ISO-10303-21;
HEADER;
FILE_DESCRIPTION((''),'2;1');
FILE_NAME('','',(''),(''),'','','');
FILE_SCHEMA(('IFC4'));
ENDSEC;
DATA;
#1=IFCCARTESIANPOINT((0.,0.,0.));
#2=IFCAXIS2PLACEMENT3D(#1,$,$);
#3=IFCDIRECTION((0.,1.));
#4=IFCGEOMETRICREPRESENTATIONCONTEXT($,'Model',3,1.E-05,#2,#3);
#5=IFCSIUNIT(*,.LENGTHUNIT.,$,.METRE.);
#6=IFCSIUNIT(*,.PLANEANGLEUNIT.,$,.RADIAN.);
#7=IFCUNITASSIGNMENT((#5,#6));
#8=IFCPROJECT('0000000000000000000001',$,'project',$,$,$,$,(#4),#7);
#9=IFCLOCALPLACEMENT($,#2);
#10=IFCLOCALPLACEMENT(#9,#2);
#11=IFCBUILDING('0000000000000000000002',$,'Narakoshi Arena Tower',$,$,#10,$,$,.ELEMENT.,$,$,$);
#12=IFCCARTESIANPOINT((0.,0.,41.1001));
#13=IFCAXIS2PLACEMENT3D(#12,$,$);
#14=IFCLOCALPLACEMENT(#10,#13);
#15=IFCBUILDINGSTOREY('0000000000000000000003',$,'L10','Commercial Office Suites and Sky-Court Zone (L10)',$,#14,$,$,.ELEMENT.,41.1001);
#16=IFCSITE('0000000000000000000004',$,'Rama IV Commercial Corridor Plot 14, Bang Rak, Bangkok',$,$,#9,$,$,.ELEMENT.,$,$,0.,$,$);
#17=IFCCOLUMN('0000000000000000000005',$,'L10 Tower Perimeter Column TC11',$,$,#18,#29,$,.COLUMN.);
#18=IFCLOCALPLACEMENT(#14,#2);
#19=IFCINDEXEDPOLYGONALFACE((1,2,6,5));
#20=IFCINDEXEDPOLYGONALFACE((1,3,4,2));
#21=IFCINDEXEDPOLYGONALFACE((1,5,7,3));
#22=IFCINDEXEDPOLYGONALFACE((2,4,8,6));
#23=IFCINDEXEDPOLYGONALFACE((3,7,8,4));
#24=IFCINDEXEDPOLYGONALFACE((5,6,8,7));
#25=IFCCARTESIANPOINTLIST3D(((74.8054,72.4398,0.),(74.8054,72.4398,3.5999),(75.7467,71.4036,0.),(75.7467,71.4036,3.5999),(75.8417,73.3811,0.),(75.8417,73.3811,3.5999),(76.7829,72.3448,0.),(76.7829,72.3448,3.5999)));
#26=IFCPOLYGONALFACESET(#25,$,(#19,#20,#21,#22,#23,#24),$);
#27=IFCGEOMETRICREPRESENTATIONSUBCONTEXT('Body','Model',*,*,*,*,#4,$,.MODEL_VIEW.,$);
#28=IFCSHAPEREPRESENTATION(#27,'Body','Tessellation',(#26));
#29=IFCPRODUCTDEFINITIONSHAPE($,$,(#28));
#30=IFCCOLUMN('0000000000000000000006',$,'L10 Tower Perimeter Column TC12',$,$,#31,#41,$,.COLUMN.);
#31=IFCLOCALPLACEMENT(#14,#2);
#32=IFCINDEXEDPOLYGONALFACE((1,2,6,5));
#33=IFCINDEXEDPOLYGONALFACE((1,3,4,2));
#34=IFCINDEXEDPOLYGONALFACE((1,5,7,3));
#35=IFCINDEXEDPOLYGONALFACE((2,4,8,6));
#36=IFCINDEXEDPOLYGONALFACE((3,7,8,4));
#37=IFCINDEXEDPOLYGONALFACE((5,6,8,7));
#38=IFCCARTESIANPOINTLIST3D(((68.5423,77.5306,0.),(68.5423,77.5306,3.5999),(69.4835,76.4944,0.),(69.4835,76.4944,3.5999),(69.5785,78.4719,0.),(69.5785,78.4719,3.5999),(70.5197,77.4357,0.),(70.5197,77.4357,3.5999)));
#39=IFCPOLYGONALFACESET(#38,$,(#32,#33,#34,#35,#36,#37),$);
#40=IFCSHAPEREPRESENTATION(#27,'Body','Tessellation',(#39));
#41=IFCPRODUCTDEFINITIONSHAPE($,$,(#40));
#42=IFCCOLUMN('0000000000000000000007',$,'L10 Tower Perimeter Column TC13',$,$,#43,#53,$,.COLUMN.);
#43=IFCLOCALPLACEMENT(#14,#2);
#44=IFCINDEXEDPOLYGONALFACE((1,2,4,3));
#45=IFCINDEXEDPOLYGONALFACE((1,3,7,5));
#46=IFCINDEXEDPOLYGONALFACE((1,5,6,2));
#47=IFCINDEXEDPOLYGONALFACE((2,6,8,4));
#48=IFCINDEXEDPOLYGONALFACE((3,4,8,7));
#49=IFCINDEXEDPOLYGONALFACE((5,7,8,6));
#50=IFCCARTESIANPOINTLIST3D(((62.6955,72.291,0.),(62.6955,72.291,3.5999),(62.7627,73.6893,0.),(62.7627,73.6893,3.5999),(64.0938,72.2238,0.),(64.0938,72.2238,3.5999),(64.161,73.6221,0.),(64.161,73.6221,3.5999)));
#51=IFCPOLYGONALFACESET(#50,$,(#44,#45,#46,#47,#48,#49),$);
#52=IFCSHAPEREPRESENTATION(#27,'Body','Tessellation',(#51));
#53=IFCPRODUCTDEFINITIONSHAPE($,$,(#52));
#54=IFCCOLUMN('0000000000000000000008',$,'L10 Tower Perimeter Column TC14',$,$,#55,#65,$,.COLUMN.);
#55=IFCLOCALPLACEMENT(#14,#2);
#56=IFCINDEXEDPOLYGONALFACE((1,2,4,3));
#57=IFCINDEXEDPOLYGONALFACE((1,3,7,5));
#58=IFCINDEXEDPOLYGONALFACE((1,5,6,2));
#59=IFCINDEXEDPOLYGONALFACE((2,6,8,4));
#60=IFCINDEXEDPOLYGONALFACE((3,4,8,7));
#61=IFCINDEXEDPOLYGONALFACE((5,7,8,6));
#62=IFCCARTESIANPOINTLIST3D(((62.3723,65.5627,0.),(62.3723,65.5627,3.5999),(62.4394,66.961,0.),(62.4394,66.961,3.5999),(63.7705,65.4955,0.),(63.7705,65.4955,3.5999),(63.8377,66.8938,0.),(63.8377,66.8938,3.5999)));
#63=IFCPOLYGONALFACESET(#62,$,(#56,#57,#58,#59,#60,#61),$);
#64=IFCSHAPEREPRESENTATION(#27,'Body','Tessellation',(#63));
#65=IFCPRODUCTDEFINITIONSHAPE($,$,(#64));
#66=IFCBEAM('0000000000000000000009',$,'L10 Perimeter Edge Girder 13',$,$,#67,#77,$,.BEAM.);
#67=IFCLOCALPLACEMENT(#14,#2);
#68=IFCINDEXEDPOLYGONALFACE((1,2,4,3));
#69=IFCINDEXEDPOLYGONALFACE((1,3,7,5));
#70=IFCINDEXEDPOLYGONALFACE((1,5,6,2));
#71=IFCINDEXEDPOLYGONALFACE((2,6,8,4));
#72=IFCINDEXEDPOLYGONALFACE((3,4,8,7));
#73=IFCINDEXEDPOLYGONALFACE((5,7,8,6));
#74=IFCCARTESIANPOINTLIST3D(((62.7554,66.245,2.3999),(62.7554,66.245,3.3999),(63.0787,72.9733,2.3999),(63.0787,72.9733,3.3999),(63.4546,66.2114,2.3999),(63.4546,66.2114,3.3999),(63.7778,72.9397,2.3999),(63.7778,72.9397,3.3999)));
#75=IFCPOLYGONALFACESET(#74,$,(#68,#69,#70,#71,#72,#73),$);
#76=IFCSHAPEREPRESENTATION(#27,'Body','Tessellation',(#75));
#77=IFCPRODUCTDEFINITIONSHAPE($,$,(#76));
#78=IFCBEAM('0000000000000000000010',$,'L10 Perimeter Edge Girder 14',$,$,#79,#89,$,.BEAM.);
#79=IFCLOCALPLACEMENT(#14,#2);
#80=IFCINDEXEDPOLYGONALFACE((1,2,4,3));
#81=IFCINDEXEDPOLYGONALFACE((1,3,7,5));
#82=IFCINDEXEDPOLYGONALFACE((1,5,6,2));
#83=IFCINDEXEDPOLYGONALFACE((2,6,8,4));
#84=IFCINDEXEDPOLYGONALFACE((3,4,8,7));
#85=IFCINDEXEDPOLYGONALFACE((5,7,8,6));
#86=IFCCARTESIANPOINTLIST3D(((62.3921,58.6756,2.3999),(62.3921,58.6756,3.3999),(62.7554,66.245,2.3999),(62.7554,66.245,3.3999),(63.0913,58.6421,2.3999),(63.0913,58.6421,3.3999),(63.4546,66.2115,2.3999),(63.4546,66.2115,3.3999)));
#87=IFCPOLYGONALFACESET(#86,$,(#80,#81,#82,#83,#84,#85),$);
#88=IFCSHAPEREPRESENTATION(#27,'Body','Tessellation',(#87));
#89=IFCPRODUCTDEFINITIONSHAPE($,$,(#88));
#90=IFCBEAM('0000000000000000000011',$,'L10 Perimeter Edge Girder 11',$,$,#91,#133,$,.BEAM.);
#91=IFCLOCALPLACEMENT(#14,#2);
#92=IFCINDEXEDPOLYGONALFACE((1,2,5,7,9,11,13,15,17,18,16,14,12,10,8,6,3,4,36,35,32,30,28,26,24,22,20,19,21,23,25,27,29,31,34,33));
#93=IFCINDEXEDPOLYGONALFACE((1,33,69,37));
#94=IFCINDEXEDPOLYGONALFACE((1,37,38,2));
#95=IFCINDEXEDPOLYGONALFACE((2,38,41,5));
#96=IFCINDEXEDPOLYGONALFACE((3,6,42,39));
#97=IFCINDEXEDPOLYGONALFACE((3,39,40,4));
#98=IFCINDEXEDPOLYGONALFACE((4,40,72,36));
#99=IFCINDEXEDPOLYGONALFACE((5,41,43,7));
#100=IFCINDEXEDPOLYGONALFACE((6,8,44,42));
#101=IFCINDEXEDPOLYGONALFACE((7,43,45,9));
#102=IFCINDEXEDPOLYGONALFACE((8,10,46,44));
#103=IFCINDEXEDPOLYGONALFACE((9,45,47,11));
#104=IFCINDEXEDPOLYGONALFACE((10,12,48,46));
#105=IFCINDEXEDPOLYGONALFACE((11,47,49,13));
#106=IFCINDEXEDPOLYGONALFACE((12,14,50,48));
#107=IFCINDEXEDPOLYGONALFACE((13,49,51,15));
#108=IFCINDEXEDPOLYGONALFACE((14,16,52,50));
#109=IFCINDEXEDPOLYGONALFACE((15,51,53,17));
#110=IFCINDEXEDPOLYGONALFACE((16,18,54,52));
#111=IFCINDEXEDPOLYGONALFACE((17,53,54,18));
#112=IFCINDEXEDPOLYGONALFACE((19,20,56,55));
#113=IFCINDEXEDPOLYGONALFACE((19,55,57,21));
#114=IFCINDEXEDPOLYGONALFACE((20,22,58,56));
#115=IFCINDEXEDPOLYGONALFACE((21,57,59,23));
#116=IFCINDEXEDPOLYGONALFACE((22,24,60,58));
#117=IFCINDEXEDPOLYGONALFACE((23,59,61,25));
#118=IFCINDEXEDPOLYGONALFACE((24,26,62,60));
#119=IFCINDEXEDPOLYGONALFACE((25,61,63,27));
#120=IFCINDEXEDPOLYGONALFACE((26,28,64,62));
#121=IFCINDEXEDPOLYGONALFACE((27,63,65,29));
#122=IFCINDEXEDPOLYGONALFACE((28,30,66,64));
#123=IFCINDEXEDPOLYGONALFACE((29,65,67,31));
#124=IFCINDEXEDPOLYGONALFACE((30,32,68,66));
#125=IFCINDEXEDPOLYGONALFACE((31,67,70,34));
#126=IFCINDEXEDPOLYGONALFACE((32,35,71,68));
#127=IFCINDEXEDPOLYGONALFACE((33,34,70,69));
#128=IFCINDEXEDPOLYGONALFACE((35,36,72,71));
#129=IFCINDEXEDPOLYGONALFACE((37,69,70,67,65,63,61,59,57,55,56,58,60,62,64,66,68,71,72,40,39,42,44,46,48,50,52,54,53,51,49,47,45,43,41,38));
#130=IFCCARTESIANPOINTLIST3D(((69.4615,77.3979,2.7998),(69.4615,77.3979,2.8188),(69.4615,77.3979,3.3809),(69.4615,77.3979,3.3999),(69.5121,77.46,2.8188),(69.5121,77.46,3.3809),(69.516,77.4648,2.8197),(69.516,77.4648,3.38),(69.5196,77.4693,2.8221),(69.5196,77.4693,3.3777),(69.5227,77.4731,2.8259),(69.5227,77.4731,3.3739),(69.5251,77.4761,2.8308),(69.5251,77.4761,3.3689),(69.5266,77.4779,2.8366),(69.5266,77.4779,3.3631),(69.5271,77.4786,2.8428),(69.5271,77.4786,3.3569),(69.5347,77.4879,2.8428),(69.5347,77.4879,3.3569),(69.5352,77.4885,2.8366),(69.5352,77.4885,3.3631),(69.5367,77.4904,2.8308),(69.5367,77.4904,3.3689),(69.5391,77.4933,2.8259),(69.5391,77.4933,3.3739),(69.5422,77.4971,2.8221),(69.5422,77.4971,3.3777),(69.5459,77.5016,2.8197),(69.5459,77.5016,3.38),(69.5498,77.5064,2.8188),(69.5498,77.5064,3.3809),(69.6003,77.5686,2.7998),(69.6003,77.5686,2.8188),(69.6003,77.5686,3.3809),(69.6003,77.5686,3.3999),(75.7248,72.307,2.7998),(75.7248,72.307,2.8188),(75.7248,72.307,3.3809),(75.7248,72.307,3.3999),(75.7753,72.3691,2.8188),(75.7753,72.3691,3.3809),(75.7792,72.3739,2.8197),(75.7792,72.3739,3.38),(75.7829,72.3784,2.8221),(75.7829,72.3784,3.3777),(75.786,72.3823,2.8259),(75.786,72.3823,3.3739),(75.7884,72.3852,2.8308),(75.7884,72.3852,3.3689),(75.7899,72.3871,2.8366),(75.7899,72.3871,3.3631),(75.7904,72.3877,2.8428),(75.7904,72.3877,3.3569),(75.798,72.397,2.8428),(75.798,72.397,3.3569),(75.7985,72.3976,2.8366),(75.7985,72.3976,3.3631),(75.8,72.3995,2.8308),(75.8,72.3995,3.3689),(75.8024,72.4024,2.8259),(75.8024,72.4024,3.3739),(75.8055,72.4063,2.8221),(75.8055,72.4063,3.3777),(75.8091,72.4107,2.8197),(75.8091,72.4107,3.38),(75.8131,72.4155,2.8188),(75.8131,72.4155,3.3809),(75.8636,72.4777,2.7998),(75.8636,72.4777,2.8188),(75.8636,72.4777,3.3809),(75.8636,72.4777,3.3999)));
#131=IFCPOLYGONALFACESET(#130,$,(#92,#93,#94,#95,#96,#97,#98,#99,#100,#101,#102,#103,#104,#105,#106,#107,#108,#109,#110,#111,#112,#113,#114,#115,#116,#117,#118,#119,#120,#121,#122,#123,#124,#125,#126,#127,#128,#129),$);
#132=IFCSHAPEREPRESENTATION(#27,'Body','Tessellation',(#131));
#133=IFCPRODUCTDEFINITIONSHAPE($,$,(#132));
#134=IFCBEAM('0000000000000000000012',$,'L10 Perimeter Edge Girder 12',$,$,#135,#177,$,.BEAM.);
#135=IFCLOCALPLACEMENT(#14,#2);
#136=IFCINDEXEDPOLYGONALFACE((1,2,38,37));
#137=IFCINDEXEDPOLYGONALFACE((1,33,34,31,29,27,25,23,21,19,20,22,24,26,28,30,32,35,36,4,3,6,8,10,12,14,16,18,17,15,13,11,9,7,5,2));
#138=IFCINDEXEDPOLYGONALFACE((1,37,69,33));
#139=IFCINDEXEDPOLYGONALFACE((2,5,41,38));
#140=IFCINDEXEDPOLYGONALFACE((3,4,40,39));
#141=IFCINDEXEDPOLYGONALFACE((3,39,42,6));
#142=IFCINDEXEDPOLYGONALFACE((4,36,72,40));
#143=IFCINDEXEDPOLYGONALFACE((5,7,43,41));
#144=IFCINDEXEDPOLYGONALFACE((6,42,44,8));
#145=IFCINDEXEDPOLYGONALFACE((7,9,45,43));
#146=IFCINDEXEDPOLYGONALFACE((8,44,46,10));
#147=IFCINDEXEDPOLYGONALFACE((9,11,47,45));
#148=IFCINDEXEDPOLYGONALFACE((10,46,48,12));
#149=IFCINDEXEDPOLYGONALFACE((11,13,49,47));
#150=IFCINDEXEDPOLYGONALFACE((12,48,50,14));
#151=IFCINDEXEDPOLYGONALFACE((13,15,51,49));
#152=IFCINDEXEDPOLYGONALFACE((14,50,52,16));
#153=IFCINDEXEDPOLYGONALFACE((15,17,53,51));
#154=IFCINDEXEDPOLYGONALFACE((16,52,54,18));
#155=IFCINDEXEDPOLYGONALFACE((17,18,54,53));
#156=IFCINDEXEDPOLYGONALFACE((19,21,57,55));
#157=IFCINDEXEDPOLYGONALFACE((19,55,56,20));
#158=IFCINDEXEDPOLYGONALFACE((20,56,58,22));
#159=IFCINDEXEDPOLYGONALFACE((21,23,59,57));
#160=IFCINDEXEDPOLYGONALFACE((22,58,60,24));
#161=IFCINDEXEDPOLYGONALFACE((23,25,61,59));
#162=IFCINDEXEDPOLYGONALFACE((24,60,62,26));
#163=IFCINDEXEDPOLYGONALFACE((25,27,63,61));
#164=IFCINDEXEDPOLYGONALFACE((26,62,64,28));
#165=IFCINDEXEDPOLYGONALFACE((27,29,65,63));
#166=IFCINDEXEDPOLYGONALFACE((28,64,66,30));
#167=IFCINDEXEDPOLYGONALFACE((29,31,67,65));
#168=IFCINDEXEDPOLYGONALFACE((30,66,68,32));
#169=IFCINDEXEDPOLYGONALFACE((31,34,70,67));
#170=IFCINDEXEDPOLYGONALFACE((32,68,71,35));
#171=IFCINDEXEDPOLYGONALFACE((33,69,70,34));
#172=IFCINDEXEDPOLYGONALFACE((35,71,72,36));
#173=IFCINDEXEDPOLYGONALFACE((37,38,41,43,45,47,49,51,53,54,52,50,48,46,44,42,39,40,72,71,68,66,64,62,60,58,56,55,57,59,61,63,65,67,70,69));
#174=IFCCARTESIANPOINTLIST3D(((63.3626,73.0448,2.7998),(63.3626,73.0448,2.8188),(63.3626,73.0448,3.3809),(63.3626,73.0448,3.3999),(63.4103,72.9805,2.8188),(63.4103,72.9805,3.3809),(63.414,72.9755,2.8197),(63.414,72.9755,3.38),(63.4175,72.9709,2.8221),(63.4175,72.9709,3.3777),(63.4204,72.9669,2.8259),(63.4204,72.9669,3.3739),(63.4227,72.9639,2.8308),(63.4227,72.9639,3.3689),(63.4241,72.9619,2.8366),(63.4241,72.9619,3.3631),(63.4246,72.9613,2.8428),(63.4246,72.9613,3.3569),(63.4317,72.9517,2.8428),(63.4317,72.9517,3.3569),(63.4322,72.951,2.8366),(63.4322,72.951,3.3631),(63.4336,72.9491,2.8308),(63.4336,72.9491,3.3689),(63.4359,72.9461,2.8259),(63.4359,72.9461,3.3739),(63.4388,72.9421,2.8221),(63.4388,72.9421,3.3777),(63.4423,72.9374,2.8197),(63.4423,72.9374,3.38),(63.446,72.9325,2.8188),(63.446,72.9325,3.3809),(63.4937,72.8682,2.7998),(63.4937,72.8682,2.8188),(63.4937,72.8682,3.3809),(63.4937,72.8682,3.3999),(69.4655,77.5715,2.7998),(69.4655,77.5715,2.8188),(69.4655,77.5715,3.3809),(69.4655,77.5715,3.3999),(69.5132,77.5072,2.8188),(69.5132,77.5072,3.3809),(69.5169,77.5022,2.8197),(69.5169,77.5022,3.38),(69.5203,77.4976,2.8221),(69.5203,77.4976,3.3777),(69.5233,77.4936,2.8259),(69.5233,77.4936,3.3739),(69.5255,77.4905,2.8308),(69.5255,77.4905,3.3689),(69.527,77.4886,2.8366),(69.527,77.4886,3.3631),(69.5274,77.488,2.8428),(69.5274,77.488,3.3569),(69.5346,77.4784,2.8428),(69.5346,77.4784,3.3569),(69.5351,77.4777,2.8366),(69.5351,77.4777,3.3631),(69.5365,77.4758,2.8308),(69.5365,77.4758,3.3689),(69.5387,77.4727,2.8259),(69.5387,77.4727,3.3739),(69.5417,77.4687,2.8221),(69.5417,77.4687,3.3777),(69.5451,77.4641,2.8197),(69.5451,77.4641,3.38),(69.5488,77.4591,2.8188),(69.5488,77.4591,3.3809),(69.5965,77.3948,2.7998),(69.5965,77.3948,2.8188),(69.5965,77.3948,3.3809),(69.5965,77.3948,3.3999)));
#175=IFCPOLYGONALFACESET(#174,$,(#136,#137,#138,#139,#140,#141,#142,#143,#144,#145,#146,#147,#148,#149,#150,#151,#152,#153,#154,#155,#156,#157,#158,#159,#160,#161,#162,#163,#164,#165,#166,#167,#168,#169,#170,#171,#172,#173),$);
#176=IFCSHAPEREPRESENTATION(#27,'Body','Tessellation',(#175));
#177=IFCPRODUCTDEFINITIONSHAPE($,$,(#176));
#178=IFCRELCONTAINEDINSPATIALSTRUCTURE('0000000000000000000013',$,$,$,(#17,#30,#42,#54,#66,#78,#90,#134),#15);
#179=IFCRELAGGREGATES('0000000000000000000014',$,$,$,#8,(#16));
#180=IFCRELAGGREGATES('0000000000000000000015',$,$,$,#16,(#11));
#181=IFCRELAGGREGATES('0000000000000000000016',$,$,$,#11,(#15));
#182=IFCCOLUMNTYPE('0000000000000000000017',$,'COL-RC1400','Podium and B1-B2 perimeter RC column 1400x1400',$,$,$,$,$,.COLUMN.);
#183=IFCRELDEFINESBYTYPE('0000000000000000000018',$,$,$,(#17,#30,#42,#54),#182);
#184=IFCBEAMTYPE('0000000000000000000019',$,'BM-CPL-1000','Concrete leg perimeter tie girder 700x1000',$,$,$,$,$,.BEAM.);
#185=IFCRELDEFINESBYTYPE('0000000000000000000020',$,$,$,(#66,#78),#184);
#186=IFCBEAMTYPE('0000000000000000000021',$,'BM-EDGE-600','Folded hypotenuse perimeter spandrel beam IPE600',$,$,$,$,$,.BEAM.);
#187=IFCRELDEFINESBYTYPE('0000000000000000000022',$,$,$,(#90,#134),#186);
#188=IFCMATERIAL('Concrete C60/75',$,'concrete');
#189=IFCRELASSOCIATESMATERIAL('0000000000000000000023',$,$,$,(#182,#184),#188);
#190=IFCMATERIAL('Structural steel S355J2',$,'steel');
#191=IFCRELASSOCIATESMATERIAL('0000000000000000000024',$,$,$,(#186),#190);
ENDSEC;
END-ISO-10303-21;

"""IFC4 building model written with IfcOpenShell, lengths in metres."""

from ifc_helpers import new_model, si_unit, direction, frame, origin, origin_2d, place, context, subcontext, project, spatial, rectangle, i_section, extrude, material, material_profile, profile_set, type_object, element, save


model = new_model("IFC4")

# Units and contexts
model_context = context("Model", 3, precision=1e-05, world=origin(), true_north=direction((0.0, 1.0)))
body_context = subcontext(model_context, "Body", "Model", "MODEL_VIEW")
ifc_project = project(units=[si_unit("LENGTHUNIT", "METRE"), si_unit("PLANEANGLEUNIT", "RADIAN")], contexts=[model_context])

# Site, building, storey
site_placement = place(None, origin())
site = spatial("IfcSite", under=ifc_project, at=site_placement, Name="Rama IV Commercial Corridor Plot 14, Bang Rak, Bangkok", CompositionType="ELEMENT", RefElevation=0.0)
building_placement = place(site_placement, origin())
building = spatial("IfcBuilding", under=site, at=building_placement, Name="Narakoshi Arena Tower", CompositionType="ELEMENT")
storey_placement = place(building_placement, frame((0.0, 0.0, 41.1001)))
storey = spatial("IfcBuildingStorey", under=building, at=storey_placement, Name="L10", Description="Commercial Office Suites and Sky-Court Zone (L10)", CompositionType="ELEMENT", Elevation=41.1001)

# Columns
ifc_material_1 = material(Name="Concrete C60/75", Category="concrete")
ifc_material_profile_1 = material_profile(ifc_material_1, rectangle(XDim=1.3999, YDim=1.3999, at=origin_2d()), Name="RC1400x1400")
ifc_profile_set_1 = profile_set([ifc_material_profile_1], Name="Concrete C60/75")
column_type = type_object("IfcColumnType", Name="COL-RC1400", Description="Podium and B1-B2 perimeter RC column 1400x1400", PredefinedType="COLUMN", material=ifc_profile_set_1)
for number, where, z_axis, x_axis, name in (
    (1, (75.7942, 72.3923, 0.0), (0.0, 0.0, 1.0), (0.740218, 0.672367, 0.0), "L10 Tower Perimeter Column TC11"),
    (2, (69.531, 77.4832, 0.0), (0.0, 0.0, 1.0), (0.740218, 0.672367, 0.0), "L10 Tower Perimeter Column TC12"),
    (3, (63.4282, 72.9565, 0.0), (0.0, 0.0, 1.0), (0.047978, 0.998848, 0.0), "L10 Tower Perimeter Column TC13"),
    (4, (63.105, 66.2283, 0.0), (0.0, 0.0, 1.0), (0.047978, 0.998848, 0.0), "L10 Tower Perimeter Column TC14"),
):
    element("IfcColumn", number, at=place(storey_placement, frame(where, z_axis=z_axis, x_axis=x_axis)), inside=storey, type_object=column_type, Name=name, PredefinedType="COLUMN", context=body_context, shape_type="SweptSolid", body=[
        extrude(rectangle(XDim=1.3999, YDim=1.3999, at=origin_2d()), origin(), (0.0, 0.0, 1.0), 3.5999),
    ])

# Beams
ifc_material_profile_2 = material_profile(ifc_material_1, rectangle(XDim=0.7, YDim=1.0, at=origin_2d()), Name="RCB700x1000")
ifc_profile_set_2 = profile_set([ifc_material_profile_2], Name="Concrete C60/75")
beam_type_1 = type_object("IfcBeamType", Name="BM-CPL-1000", Description="Concrete leg perimeter tie girder 700x1000", PredefinedType="BEAM", material=ifc_profile_set_2)
beam_1_placement = place(storey_placement, frame((63.4282, 72.9565, 2.8999), z_axis=(-0.047987, -0.998848, 0.0), x_axis=(0.998848, -0.047987, 0.0)))
element("IfcBeam", 5, at=beam_1_placement, inside=storey, type_object=beam_type_1, Name="L10 Perimeter Edge Girder 13", PredefinedType="BEAM", context=body_context, shape_type="SweptSolid", body=[
    extrude(rectangle(XDim=0.7, YDim=1.0, at=origin_2d()), origin(), (0.0, 0.0, 1.0), 6.7361),
])
beam_2_placement = place(storey_placement, frame((63.105, 66.2283, 2.8999), z_axis=(-0.047939, -0.99885, 0.0), x_axis=(0.99885, -0.047939, 0.0)))
element("IfcBeam", 6, at=beam_2_placement, inside=storey, type_object=beam_type_1, Name="L10 Perimeter Edge Girder 14", PredefinedType="BEAM", context=body_context, shape_type="SweptSolid", body=[
    extrude(rectangle(XDim=0.7, YDim=1.0, at=origin_2d()), origin(), (0.0, 0.0, 1.0), 7.5781),
])
ifc_material_2 = material(Name="Structural steel S355J2", Category="steel")
ifc_material_profile_3 = material_profile(ifc_material_2, i_section(OverallWidth=0.22, OverallDepth=0.6001, WebThickness=0.012, FlangeThickness=0.019, FilletRadius=0.0239, at=origin_2d()), Name="IPE600")
ifc_profile_set_3 = profile_set([ifc_material_profile_3], Name="Structural steel S355J2")
beam_type_2 = type_object("IfcBeamType", Name="BM-EDGE-600", Description="Folded hypotenuse perimeter spandrel beam IPE600", PredefinedType="BEAM", material=ifc_profile_set_3)
beam_3_placement = place(storey_placement, frame((75.7942, 72.3923, 3.0999), z_axis=(-0.775994, 0.630741, 0.0), x_axis=(-0.630741, -0.775994, 0.0)))
element("IfcBeam", 7, at=beam_3_placement, inside=storey, type_object=beam_type_2, Name="L10 Perimeter Edge Girder 11", PredefinedType="BEAM", context=body_context, shape_type="SweptSolid", body=[
    extrude(i_section(OverallWidth=0.22, OverallDepth=0.6001, WebThickness=0.012, FlangeThickness=0.019, FilletRadius=0.0239, at=origin_2d()), origin(), (0.0, 0.0, 1.0), 8.0713),
])
beam_4_placement = place(storey_placement, frame((69.531, 77.4832, 3.0999), z_axis=(-0.803177, -0.59574, 0.0), x_axis=(0.59574, -0.803177, 0.0)))
element("IfcBeam", 8, at=beam_4_placement, inside=storey, type_object=beam_type_2, Name="L10 Perimeter Edge Girder 12", PredefinedType="BEAM", context=body_context, shape_type="SweptSolid", body=[
    extrude(i_section(OverallWidth=0.22, OverallDepth=0.6001, WebThickness=0.012, FlangeThickness=0.019, FilletRadius=0.0239, at=origin_2d()), origin(), (0.0, 0.0, 1.0), 7.5984),
])

save(model, "model.ifc")
